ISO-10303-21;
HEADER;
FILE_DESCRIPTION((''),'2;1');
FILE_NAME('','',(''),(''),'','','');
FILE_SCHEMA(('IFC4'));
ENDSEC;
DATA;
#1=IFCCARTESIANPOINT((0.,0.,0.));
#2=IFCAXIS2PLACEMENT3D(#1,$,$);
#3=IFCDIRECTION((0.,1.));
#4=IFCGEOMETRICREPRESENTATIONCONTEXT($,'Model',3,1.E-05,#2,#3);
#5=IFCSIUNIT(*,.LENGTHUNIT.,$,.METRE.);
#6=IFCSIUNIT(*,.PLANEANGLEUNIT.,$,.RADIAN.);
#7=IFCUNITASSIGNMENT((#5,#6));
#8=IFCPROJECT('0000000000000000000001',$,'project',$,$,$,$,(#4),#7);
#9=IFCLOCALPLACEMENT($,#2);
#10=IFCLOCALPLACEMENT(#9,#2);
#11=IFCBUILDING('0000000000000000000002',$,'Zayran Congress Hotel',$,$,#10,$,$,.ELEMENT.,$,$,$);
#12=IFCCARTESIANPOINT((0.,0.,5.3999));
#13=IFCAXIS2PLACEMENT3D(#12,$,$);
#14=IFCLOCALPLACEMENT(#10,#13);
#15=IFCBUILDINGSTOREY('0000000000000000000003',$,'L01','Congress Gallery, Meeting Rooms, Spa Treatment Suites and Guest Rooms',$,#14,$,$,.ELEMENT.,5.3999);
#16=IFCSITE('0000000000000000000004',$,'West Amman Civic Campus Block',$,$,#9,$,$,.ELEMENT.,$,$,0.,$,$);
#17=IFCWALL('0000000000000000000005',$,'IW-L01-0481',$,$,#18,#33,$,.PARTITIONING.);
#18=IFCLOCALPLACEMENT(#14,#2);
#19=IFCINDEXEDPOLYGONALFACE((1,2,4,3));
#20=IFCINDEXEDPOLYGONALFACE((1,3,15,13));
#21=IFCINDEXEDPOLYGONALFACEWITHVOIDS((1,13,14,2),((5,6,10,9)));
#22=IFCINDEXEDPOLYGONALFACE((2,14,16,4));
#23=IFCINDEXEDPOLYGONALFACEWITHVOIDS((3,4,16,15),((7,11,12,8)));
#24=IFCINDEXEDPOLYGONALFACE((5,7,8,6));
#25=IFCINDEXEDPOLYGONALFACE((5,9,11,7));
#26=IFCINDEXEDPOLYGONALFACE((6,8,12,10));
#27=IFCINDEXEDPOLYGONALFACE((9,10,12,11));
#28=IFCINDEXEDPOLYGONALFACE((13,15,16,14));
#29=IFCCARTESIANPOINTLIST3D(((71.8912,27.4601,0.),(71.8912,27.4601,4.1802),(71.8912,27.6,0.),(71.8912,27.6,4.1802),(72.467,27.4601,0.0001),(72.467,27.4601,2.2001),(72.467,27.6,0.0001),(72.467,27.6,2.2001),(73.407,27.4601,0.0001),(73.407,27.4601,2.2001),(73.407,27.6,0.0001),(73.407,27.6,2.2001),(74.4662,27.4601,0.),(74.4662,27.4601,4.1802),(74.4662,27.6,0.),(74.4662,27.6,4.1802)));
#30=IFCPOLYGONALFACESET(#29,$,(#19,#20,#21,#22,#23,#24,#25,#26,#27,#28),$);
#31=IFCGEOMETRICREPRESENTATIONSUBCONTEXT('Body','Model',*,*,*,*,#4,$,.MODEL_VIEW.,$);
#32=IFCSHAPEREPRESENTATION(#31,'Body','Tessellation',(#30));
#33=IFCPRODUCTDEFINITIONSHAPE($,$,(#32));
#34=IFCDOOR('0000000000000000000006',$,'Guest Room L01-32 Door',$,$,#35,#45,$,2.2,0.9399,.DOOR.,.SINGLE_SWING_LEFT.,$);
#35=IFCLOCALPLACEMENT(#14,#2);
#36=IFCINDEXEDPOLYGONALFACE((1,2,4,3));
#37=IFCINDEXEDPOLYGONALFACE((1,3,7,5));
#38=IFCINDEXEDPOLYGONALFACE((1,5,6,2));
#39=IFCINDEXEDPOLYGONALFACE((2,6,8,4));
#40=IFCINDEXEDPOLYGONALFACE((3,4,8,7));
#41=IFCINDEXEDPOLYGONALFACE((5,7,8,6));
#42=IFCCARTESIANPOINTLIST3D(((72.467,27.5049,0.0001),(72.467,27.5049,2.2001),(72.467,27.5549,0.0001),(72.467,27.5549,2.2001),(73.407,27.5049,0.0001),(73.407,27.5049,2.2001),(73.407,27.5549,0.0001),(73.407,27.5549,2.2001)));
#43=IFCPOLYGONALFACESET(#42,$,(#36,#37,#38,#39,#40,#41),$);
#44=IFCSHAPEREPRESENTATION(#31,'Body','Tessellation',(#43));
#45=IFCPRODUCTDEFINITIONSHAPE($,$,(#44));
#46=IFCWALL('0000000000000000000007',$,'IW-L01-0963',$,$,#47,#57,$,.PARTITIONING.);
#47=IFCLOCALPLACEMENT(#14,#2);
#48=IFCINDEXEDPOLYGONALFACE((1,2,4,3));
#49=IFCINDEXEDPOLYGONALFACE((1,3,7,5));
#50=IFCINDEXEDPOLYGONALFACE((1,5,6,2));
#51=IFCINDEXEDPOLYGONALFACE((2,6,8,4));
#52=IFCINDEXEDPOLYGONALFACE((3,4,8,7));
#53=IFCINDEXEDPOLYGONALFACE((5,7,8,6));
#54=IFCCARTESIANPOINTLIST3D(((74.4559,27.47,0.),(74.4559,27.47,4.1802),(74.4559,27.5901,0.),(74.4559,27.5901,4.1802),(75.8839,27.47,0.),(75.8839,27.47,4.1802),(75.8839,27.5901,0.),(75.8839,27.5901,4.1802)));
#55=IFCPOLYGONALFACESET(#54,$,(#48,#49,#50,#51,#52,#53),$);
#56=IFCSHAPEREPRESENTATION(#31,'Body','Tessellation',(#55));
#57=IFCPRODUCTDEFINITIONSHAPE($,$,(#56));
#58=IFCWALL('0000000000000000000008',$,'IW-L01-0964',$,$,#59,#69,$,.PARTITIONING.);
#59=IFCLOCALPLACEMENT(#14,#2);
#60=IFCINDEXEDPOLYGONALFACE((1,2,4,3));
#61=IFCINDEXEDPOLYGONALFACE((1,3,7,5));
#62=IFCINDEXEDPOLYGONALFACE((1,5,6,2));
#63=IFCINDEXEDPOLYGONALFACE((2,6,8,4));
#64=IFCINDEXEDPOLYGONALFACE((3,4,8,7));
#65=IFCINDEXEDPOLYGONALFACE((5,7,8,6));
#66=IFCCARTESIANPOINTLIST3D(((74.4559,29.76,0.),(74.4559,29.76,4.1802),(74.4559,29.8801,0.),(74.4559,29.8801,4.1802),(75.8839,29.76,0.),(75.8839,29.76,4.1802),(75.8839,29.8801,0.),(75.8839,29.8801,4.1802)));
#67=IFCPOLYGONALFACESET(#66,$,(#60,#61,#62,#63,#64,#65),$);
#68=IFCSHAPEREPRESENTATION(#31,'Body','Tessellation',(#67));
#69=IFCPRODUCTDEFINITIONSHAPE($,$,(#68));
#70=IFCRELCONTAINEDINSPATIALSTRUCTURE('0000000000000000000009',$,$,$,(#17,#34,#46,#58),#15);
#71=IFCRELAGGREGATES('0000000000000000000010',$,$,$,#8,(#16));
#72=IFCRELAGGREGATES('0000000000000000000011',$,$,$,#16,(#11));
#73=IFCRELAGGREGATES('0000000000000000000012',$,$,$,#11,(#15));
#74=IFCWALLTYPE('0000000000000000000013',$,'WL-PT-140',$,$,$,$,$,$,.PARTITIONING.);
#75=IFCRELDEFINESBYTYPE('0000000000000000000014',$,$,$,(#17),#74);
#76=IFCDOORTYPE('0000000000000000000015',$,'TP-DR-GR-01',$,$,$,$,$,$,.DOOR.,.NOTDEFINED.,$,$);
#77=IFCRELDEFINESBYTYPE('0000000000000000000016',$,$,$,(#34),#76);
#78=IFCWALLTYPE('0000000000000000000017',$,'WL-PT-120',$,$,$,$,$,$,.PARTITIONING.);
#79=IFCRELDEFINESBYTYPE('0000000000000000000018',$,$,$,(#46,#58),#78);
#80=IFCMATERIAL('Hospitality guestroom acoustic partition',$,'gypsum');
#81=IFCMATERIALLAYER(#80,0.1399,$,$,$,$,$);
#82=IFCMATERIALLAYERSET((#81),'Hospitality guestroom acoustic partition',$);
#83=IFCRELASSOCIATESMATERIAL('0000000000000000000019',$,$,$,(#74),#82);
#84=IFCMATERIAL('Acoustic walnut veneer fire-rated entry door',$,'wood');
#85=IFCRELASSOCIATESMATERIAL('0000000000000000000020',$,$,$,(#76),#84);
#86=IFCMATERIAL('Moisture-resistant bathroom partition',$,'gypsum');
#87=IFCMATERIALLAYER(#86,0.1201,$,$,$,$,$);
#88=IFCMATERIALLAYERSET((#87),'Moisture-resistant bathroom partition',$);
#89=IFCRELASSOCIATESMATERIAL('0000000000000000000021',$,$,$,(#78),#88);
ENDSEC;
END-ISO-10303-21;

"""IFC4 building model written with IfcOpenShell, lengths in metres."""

from ifc_helpers import new_model, si_unit, direction, frame, frame_2d, origin, place, context, subcontext, project, spatial, rectangle, extrude, material, layer, layer_set, type_object, element, fill, save


model = new_model("IFC4")

# Units and contexts
model_context = context("Model", 3, precision=1e-05, world=origin(), true_north=direction((0.0, 1.0)))
body_context = subcontext(model_context, "Body", "Model", "MODEL_VIEW")
ifc_project = project(units=[si_unit("LENGTHUNIT", "METRE"), si_unit("PLANEANGLEUNIT", "RADIAN")], contexts=[model_context])

# Site, building, storey
site_placement = place(None, origin())
site = spatial("IfcSite", under=ifc_project, at=site_placement, Name="West Amman Civic Campus Block", CompositionType="ELEMENT", RefElevation=0.0)
building_placement = place(site_placement, origin())
building = spatial("IfcBuilding", under=site, at=building_placement, Name="Zayran Congress Hotel", CompositionType="ELEMENT")
storey_placement = place(building_placement, frame((0.0, 0.0, 5.3999)))
storey = spatial("IfcBuildingStorey", under=building, at=storey_placement, Name="L01", Description="Congress Gallery, Meeting Rooms, Spa Treatment Suites and Guest Rooms", CompositionType="ELEMENT", Elevation=5.3999)

# Wall, opening, door
ifc_material_1 = material(Name="Hospitality guestroom acoustic partition", Category="gypsum")
ifc_layer_1 = layer(ifc_material_1, 0.1399)
ifc_layer_set_1 = layer_set([ifc_layer_1], Name="Hospitality guestroom acoustic partition")
wall_type_1 = type_object("IfcWallType", Name="WL-PT-140", PredefinedType="PARTITIONING", material=ifc_layer_set_1)
wall_1_placement = place(storey_placement, frame((71.8911, 27.53, 0.0), z_axis=(0.0, 0.0, 1.0), x_axis=(1.0, 0.0, 0.0)))
wall_1 = element("IfcWall", 1, at=wall_1_placement, inside=storey, type_object=wall_type_1, Name="IW-L01-0481", PredefinedType="PARTITIONING", context=body_context, shape_type="SweptSolid", body=[
    extrude(rectangle(XDim=2.575, YDim=0.1399, at=frame_2d((1.2876, 0.0))), origin(), (0.0, 0.0, 1.0), 4.1802),
])
opening_1_placement = place(wall_1_placement, frame((0.5759, 0.0, 0.0)))
opening_1 = element("IfcOpeningElement", 2, at=opening_1_placement, cuts=wall_1, PredefinedType="OPENING", context=body_context, shape_type="SweptSolid", body=[
    extrude(rectangle(XDim=0.9399, YDim=2.2, at=frame_2d((0.47, 1.1001))), frame((0.0, 0.0798, 0.0), z_axis=(0.0, -1.0, 0.0), x_axis=(1.0, 0.0, 0.0)), (0.0, 0.0, 1.0), 0.1599),
])
ifc_material_2 = material(Name="Acoustic walnut veneer fire-rated entry door", Category="wood")
door_type_1 = type_object("IfcDoorType", Name="TP-DR-GR-01", OperationType="NOTDEFINED", PredefinedType="DOOR", material=ifc_material_2)
door_1_placement = place(opening_1_placement, origin())
door_1 = element("IfcDoor", 3, at=door_1_placement, inside=storey, type_object=door_type_1, Name="Guest Room L01-32 Door", OperationType="SINGLE_SWING_LEFT", OverallHeight=2.2, OverallWidth=0.9399, PredefinedType="DOOR", context=body_context, shape_type="SweptSolid", body=[
    extrude(rectangle(XDim=0.9399, YDim=2.2, at=frame_2d((0.47, 1.1001))), frame((0.0, 0.0249, 0.0), z_axis=(0.0, -1.0, 0.0), x_axis=(1.0, 0.0, 0.0)), (0.0, 0.0, 1.0), 0.05),
])
fill(opening_1, door_1)
ifc_material_3 = material(Name="Moisture-resistant bathroom partition", Category="gypsum")
ifc_layer_2 = layer(ifc_material_3, 0.1201)
ifc_layer_set_2 = layer_set([ifc_layer_2], Name="Moisture-resistant bathroom partition")
wall_type_2 = type_object("IfcWallType", Name="WL-PT-120", PredefinedType="PARTITIONING", material=ifc_layer_set_2)

# Walls
for number, where, z_axis, x_axis, name in (
    (4, (74.4561, 27.53, 0.0), (0.0, 0.0, 1.0), (1.0, 0.0, 0.0), "IW-L01-0963"),
    (5, (74.4561, 29.8201, 0.0), (0.0, 0.0, 1.0), (1.0, 0.0, 0.0), "IW-L01-0964"),
):
    element("IfcWall", number, at=place(storey_placement, frame(where, z_axis=z_axis, x_axis=x_axis)), inside=storey, type_object=wall_type_2, Name=name, PredefinedType="PARTITIONING", context=body_context, shape_type="SweptSolid", body=[
        extrude(rectangle(XDim=1.428, YDim=0.1201, at=frame_2d((0.7139, 0.0))), origin(), (0.0, 0.0, 1.0), 4.1802),
    ])

save(model, "model.ifc")
